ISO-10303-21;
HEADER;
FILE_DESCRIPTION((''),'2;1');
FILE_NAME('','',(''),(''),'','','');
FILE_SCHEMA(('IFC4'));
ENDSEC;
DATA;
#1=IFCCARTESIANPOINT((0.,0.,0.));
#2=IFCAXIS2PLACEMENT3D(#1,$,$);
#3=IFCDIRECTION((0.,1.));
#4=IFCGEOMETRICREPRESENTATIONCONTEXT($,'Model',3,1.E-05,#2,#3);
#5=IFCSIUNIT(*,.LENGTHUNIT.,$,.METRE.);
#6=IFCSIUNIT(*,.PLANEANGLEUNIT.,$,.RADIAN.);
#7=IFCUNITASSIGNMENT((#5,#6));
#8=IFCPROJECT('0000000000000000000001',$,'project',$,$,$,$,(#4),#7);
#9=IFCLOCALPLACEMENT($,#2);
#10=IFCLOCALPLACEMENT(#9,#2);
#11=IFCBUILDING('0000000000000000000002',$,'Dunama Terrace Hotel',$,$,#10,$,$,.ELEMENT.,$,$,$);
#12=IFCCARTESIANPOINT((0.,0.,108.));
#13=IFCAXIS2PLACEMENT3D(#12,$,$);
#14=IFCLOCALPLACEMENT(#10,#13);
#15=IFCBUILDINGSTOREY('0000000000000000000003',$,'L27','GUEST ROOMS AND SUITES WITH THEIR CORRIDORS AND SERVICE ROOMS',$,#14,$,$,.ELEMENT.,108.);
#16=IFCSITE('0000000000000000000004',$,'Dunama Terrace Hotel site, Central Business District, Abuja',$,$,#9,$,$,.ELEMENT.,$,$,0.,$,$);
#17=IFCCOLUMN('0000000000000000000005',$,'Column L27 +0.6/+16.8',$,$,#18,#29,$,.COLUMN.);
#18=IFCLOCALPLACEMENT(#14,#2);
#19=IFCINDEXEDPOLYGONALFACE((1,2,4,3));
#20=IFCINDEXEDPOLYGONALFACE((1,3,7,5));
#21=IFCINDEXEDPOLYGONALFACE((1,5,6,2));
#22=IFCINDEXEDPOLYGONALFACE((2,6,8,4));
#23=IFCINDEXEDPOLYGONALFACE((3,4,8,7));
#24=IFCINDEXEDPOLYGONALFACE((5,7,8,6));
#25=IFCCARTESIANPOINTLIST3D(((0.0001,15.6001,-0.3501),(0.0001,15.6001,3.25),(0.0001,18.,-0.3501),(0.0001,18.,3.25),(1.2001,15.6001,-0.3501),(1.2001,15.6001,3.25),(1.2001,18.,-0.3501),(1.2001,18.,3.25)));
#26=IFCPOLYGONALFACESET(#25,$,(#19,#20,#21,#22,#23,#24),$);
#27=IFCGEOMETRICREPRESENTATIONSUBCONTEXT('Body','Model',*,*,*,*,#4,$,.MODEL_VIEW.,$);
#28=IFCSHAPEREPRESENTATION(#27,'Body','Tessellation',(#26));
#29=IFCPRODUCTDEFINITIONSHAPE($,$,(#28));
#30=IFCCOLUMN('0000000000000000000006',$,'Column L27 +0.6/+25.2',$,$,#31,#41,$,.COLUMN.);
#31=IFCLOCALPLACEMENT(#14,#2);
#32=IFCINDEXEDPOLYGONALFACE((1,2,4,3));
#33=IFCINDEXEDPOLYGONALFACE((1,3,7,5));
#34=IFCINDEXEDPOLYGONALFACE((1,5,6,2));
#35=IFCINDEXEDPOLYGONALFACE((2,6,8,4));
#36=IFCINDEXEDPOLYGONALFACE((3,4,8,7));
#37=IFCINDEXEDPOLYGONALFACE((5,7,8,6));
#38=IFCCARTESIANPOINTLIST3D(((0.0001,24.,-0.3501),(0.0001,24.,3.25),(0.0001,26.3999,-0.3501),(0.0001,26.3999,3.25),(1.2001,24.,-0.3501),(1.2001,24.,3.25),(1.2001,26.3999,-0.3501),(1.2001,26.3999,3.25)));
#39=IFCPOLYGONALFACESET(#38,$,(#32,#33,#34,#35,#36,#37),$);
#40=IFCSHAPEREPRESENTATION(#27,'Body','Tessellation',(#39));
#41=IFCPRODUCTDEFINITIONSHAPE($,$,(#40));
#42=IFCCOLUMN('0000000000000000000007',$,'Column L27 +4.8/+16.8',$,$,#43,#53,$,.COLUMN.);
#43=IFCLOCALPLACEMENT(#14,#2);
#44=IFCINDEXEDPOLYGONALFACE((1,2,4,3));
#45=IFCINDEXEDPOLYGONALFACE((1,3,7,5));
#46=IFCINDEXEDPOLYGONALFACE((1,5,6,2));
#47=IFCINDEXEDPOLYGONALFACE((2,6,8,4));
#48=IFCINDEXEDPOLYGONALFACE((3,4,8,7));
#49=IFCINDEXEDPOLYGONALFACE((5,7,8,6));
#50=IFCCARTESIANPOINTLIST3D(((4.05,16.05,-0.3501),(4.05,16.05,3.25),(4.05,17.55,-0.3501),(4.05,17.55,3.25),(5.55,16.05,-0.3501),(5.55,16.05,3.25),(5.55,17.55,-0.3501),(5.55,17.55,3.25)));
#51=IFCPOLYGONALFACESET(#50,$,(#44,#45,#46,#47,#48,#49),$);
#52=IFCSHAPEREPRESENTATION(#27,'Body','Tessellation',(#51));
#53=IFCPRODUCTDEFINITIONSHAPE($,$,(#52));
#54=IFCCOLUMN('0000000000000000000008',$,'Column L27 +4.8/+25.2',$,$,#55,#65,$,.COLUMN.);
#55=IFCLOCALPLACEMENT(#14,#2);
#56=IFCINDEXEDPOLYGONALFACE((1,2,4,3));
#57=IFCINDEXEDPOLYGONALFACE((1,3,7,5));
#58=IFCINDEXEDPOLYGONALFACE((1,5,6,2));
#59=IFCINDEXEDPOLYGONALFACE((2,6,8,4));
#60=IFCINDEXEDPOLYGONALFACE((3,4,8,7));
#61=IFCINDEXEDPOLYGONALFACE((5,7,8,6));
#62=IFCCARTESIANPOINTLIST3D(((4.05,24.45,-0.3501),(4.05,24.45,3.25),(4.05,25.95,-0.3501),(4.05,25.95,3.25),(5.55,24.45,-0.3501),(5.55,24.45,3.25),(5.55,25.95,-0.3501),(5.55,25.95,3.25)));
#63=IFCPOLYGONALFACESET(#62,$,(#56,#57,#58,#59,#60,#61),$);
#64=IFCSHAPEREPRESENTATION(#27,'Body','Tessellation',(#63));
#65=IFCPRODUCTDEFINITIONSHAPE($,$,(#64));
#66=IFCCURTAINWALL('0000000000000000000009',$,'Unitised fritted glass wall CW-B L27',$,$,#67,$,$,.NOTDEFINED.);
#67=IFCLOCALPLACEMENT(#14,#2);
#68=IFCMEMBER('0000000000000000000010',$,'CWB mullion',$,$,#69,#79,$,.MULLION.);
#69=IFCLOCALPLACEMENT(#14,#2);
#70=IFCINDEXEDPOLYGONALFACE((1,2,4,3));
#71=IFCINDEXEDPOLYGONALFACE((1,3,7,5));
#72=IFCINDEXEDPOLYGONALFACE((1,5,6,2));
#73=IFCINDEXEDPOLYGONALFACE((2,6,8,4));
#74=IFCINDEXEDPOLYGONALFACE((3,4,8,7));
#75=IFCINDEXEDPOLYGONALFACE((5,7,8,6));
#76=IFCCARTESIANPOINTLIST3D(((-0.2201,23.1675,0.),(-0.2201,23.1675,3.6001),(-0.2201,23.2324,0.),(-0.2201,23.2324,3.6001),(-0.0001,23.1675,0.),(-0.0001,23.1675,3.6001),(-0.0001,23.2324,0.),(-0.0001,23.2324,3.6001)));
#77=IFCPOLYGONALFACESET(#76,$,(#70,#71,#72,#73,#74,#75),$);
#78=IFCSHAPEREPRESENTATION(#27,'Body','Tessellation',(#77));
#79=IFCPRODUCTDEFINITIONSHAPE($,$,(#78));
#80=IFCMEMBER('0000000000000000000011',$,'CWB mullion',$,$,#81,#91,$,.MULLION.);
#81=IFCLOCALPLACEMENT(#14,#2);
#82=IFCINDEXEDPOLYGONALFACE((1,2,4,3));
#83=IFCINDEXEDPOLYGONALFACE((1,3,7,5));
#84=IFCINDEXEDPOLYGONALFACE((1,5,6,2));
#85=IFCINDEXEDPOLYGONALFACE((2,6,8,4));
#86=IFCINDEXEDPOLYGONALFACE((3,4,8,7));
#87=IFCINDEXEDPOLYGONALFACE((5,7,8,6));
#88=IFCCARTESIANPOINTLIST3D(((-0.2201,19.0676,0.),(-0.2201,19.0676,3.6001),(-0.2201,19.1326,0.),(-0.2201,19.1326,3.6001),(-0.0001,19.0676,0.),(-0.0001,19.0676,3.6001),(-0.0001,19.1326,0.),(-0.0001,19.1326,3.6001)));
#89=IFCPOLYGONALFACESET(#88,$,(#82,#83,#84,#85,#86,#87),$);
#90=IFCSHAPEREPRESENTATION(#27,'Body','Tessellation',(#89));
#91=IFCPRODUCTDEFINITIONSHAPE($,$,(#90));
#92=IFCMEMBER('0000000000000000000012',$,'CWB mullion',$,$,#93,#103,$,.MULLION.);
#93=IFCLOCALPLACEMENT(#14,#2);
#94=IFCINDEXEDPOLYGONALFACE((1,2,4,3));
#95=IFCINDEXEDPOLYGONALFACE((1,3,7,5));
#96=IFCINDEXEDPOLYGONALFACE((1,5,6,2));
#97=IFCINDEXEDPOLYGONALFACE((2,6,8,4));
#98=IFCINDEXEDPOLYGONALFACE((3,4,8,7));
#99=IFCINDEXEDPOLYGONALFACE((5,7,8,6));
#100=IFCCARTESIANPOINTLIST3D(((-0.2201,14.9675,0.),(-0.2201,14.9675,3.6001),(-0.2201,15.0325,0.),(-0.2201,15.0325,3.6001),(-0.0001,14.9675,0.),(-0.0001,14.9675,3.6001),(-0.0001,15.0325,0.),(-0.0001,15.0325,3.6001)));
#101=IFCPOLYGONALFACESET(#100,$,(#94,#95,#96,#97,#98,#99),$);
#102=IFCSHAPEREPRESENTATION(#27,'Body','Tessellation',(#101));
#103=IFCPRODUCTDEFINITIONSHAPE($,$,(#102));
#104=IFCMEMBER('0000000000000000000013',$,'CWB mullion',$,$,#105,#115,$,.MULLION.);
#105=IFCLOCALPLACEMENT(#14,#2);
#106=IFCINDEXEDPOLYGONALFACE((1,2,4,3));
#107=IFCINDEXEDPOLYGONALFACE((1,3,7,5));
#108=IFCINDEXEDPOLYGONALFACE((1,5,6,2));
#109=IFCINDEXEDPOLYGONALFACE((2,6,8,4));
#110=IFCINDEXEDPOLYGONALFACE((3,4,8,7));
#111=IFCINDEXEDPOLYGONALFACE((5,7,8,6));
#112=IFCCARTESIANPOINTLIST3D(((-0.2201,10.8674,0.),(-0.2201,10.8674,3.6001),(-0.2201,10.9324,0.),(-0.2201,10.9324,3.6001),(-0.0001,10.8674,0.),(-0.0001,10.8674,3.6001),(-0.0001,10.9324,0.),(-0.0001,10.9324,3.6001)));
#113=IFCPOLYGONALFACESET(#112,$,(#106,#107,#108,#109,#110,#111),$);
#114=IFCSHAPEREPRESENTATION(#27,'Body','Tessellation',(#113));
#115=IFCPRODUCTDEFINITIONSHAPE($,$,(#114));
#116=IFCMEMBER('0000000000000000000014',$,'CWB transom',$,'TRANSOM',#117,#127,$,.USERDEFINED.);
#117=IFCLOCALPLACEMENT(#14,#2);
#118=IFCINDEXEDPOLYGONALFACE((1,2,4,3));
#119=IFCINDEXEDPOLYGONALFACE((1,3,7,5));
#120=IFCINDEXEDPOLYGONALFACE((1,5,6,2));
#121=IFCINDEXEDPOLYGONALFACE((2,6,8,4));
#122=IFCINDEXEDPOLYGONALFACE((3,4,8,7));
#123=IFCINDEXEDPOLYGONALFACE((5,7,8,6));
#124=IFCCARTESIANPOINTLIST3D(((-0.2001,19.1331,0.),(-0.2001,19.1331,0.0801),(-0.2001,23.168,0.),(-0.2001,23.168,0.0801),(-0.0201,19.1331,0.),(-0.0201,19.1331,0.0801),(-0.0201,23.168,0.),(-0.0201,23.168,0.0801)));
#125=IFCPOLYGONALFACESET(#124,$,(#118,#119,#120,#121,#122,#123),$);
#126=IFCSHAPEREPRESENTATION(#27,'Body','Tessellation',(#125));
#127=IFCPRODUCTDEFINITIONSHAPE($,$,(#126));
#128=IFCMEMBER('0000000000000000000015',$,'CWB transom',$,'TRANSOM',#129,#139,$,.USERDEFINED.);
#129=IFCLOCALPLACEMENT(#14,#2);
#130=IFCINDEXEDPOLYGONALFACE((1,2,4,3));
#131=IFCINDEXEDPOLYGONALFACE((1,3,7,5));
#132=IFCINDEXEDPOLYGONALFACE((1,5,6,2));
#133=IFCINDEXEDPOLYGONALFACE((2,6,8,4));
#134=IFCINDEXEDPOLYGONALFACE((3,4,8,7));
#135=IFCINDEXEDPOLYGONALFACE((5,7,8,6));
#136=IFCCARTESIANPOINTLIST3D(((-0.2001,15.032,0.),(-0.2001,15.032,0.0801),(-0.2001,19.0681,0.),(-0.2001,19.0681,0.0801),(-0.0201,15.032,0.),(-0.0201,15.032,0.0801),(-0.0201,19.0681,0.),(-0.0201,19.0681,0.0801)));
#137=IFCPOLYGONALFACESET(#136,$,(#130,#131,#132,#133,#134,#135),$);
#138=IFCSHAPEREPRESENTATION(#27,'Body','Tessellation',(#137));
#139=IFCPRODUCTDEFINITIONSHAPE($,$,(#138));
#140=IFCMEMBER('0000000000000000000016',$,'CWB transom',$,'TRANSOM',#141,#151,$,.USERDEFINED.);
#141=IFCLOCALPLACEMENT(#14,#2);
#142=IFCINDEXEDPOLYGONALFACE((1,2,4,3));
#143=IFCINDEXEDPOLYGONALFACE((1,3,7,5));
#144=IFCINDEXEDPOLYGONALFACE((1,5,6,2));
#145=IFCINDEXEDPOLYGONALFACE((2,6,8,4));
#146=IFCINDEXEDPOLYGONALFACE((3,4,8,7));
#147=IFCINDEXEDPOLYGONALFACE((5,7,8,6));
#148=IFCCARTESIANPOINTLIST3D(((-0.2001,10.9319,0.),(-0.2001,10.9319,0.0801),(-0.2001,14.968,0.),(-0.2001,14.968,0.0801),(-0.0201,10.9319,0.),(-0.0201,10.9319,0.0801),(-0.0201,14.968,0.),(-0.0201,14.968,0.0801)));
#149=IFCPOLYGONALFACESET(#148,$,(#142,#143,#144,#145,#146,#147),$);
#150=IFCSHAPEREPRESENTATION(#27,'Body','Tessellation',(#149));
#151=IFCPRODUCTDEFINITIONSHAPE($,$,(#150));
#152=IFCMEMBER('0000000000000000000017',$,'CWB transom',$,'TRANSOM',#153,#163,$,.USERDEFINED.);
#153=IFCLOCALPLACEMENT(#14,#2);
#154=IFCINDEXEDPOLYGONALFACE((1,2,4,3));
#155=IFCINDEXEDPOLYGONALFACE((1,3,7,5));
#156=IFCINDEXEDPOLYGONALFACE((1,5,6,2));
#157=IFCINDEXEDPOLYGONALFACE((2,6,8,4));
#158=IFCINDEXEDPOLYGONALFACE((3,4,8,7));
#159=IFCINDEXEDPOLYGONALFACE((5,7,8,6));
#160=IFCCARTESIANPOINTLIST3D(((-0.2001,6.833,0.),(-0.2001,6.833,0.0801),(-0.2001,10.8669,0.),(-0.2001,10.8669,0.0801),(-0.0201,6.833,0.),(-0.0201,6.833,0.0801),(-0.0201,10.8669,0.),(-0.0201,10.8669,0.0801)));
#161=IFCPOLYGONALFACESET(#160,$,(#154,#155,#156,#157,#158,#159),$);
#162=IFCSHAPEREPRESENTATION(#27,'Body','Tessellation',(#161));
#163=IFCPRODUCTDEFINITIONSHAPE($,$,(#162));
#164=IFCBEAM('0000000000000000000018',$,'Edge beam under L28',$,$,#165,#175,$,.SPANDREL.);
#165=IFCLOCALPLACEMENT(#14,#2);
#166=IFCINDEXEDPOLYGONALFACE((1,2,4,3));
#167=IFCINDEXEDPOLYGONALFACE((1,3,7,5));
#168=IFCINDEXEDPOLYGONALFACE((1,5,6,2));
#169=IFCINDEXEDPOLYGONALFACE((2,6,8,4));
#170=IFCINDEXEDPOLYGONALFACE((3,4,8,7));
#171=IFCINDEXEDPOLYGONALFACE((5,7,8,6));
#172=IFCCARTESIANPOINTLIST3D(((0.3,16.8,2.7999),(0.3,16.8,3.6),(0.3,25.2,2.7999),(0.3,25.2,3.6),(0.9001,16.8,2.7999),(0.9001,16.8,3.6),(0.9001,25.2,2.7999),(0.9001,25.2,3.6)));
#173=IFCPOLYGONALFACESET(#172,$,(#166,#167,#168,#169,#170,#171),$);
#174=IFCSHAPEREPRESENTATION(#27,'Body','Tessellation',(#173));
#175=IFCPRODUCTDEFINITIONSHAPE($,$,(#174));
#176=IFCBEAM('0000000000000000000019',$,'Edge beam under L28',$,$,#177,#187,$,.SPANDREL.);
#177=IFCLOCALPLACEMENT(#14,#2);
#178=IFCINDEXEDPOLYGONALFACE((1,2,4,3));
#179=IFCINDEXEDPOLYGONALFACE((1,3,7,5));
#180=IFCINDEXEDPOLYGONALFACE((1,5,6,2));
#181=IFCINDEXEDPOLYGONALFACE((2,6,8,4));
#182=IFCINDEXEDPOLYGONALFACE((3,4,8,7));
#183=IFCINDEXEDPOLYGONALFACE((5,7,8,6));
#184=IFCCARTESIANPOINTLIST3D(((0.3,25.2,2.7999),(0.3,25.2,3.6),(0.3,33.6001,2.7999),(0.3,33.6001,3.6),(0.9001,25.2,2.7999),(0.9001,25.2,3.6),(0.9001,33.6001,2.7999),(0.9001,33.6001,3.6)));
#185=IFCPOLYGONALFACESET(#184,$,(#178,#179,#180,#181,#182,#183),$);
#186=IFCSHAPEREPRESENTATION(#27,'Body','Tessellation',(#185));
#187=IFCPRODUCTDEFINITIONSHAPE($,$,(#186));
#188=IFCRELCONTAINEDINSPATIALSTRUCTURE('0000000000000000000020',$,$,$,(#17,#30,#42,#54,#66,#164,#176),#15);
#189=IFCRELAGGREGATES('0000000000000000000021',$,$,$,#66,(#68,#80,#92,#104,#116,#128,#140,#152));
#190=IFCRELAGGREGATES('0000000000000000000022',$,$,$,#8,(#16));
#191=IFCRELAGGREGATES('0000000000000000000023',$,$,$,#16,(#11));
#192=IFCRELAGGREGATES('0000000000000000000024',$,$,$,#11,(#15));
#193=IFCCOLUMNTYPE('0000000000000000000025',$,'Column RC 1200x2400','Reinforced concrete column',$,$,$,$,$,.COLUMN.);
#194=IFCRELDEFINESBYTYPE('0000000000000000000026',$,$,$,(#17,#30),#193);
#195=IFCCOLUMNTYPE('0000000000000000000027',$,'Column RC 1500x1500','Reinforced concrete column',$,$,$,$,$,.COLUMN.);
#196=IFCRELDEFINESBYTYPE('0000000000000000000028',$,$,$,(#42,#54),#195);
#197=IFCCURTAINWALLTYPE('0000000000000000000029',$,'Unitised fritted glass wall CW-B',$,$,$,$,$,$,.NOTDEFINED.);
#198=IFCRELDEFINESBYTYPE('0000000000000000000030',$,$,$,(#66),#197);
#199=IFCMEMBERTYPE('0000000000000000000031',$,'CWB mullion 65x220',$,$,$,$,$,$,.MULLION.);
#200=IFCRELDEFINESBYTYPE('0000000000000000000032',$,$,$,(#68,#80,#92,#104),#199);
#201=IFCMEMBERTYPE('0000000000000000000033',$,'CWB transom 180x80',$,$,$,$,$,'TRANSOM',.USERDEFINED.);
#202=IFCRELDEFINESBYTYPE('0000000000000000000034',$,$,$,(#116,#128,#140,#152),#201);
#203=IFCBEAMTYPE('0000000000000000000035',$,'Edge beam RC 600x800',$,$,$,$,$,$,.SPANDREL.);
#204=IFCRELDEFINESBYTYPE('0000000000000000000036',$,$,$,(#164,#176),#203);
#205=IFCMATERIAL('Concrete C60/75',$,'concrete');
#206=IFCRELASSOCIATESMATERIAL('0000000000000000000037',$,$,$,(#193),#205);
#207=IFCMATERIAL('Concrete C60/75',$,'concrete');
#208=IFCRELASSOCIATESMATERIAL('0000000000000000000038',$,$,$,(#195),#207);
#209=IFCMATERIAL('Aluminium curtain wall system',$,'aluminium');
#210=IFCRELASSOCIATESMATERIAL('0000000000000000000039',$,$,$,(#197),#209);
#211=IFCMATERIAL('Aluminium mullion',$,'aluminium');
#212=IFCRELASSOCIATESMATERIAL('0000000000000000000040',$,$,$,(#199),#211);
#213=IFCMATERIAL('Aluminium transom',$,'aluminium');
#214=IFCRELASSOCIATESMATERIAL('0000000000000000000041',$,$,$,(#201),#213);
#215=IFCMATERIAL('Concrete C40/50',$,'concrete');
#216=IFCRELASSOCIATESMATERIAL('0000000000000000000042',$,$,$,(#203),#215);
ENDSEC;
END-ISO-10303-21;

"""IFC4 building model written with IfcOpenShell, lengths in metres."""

from ifc_helpers import new_model, si_unit, direction, frame, origin, origin_2d, place, context, subcontext, project, spatial, rectangle, extrude, material, material_profile, profile_set, type_object, element, aggregate, save


model = new_model("IFC4")

# Units and contexts
model_context = context("Model", 3, precision=1e-05, world=origin(), true_north=direction((0.0, 1.0)))
body_context = subcontext(model_context, "Body", "Model", "MODEL_VIEW")
ifc_project = project(units=[si_unit("LENGTHUNIT", "METRE"), si_unit("PLANEANGLEUNIT", "RADIAN")], contexts=[model_context])

# Site, building, storey
site_placement = place(None, origin())
site = spatial("IfcSite", under=ifc_project, at=site_placement, Name="Dunama Terrace Hotel site, Central Business District, Abuja", CompositionType="ELEMENT", RefElevation=0.0)
building_placement = place(site_placement, origin())
building = spatial("IfcBuilding", under=site, at=building_placement, Name="Dunama Terrace Hotel", CompositionType="ELEMENT")
storey_placement = place(building_placement, frame((0.0, 0.0, 108.0)))
storey = spatial("IfcBuildingStorey", under=building, at=storey_placement, Name="L27", Description="GUEST ROOMS AND SUITES WITH THEIR CORRIDORS AND SERVICE ROOMS", CompositionType="ELEMENT", Elevation=108.0)

# Columns
ifc_material_1 = material(Name="Concrete C60/75", Category="concrete")
ifc_material_profile_1 = material_profile(ifc_material_1, rectangle(XDim=1.2, YDim=2.3999, at=origin_2d()), Name="RC 1200x2400")
ifc_profile_set_1 = profile_set([ifc_material_profile_1], Name="Concrete C60/75")
column_type_1 = type_object("IfcColumnType", Name="Column RC 1200x2400", Description="Reinforced concrete column", PredefinedType="COLUMN", material=ifc_profile_set_1)
for number, where, z_axis, x_axis, name in (
    (1, (0.6001, 16.8, -0.3501), (0.0, 0.0, 1.0), (1.0, 0.0, 0.0), "Column L27 +0.6/+16.8"),
    (2, (0.6001, 25.2, -0.3501), (0.0, 0.0, 1.0), (1.0, 0.0, 0.0), "Column L27 +0.6/+25.2"),
):
    element("IfcColumn", number, at=place(storey_placement, frame(where, z_axis=z_axis, x_axis=x_axis)), inside=storey, type_object=column_type_1, Name=name, PredefinedType="COLUMN", context=body_context, shape_type="SweptSolid", body=[
        extrude(rectangle(XDim=1.2, YDim=2.3999, at=origin_2d()), origin(), (0.0, 0.0, 1.0), 3.6001),
    ])
ifc_material_2 = material(Name="Concrete C60/75", Category="concrete")
ifc_material_profile_2 = material_profile(ifc_material_2, rectangle(XDim=1.5, YDim=1.5, at=origin_2d()), Name="RC 1500x1500")
ifc_profile_set_2 = profile_set([ifc_material_profile_2], Name="Concrete C60/75")
column_type_2 = type_object("IfcColumnType", Name="Column RC 1500x1500", Description="Reinforced concrete column", PredefinedType="COLUMN", material=ifc_profile_set_2)
for number, where, z_axis, x_axis, name in (
    (3, (4.8, 16.8, -0.3501), (0.0, 0.0, 1.0), (1.0, 0.0, 0.0), "Column L27 +4.8/+16.8"),
    (4, (4.8, 25.2, -0.3501), (0.0, 0.0, 1.0), (1.0, 0.0, 0.0), "Column L27 +4.8/+25.2"),
):
    element("IfcColumn", number, at=place(storey_placement, frame(where, z_axis=z_axis, x_axis=x_axis)), inside=storey, type_object=column_type_2, Name=name, PredefinedType="COLUMN", context=body_context, shape_type="SweptSolid", body=[
        extrude(rectangle(XDim=1.5, YDim=1.5, at=origin_2d()), origin(), (0.0, 0.0, 1.0), 3.6001),
    ])

# Curtain wall, members
ifc_material_3 = material(Name="Aluminium curtain wall system", Category="aluminium")
curtain_wall_type = type_object("IfcCurtainWallType", Name="Unitised fritted glass wall CW-B", PredefinedType="NOTDEFINED", material=ifc_material_3)
curtain_wall_placement = place(storey_placement, origin())
curtain_wall = element("IfcCurtainWall", 5, at=curtain_wall_placement, inside=storey, type_object=curtain_wall_type, Name="Unitised fritted glass wall CW-B L27", PredefinedType="NOTDEFINED")
ifc_material_4 = material(Name="Aluminium mullion", Category="aluminium")
ifc_material_profile_3 = material_profile(ifc_material_4, rectangle(XDim=0.0649, YDim=0.22, at=origin_2d()), Name="CWB MULLION 65X220")
ifc_profile_set_3 = profile_set([ifc_material_profile_3], Name="Aluminium mullion")
member_type_1 = type_object("IfcMemberType", Name="CWB mullion 65x220", PredefinedType="MULLION", material=ifc_profile_set_3)
member_1_placement = place(storey_placement, frame((-0.1101, 23.2, 0.0), z_axis=(0.0, 0.0, 1.0), x_axis=(0.0, -1.0, 0.0)))
member_1 = element("IfcMember", 6, at=member_1_placement, type_object=member_type_1, Name="CWB mullion", PredefinedType="MULLION", context=body_context, shape_type="SweptSolid", body=[
    extrude(rectangle(XDim=0.0649, YDim=0.22, at=origin_2d()), origin(), (0.0, 0.0, 1.0), 3.6001),
])
member_2_placement = place(storey_placement, frame((-0.1101, 19.1001, 0.0), z_axis=(0.0, 0.0, 1.0), x_axis=(0.0, -1.0, 0.0)))
member_2 = element("IfcMember", 7, at=member_2_placement, type_object=member_type_1, Name="CWB mullion", PredefinedType="MULLION", context=body_context, shape_type="SweptSolid", body=[
    extrude(rectangle(XDim=0.0649, YDim=0.22, at=origin_2d()), origin(), (0.0, 0.0, 1.0), 3.6001),
])
member_3_placement = place(storey_placement, frame((-0.1101, 15.0, 0.0), z_axis=(0.0, 0.0, 1.0), x_axis=(0.0, -1.0, 0.0)))
member_3 = element("IfcMember", 8, at=member_3_placement, type_object=member_type_1, Name="CWB mullion", PredefinedType="MULLION", context=body_context, shape_type="SweptSolid", body=[
    extrude(rectangle(XDim=0.0649, YDim=0.22, at=origin_2d()), origin(), (0.0, 0.0, 1.0), 3.6001),
])
member_4_placement = place(storey_placement, frame((-0.1101, 10.8999, 0.0), z_axis=(0.0, 0.0, 1.0), x_axis=(0.0, -1.0, 0.0)))
member_4 = element("IfcMember", 9, at=member_4_placement, type_object=member_type_1, Name="CWB mullion", PredefinedType="MULLION", context=body_context, shape_type="SweptSolid", body=[
    extrude(rectangle(XDim=0.0649, YDim=0.22, at=origin_2d()), origin(), (0.0, 0.0, 1.0), 3.6001),
])
ifc_material_5 = material(Name="Aluminium transom", Category="aluminium")
ifc_material_profile_4 = material_profile(ifc_material_5, rectangle(XDim=0.1799, YDim=0.0801, at=origin_2d()), Name="CWB TRANSOM 180X80")
ifc_profile_set_4 = profile_set([ifc_material_profile_4], Name="Aluminium transom")
member_type_2 = type_object("IfcMemberType", Name="CWB transom 180x80", ElementType="TRANSOM", PredefinedType="USERDEFINED", material=ifc_profile_set_4)
member_5_placement = place(storey_placement, frame((-0.1101, 23.168, 0.04), z_axis=(0.0, -1.0, 0.0), x_axis=(1.0, 0.0, 0.0)))
member_5 = element("IfcMember", 10, at=member_5_placement, type_object=member_type_2, Name="CWB transom", ObjectType="TRANSOM", PredefinedType="USERDEFINED", context=body_context, shape_type="SweptSolid", body=[
    extrude(rectangle(XDim=0.1799, YDim=0.0801, at=origin_2d()), origin(), (0.0, 0.0, 1.0), 4.0349),
])
member_6_placement = place(storey_placement, frame((-0.1101, 19.0681, 0.04), z_axis=(0.0, -1.0, 0.0), x_axis=(1.0, 0.0, 0.0)))
member_6 = element("IfcMember", 11, at=member_6_placement, type_object=member_type_2, Name="CWB transom", ObjectType="TRANSOM", PredefinedType="USERDEFINED", context=body_context, shape_type="SweptSolid", body=[
    extrude(rectangle(XDim=0.1799, YDim=0.0801, at=origin_2d()), origin(), (0.0, 0.0, 1.0), 4.0361),
])
member_7_placement = place(storey_placement, frame((-0.1101, 14.968, 0.04), z_axis=(0.0, -1.0, 0.0), x_axis=(1.0, 0.0, 0.0)))
member_7 = element("IfcMember", 12, at=member_7_placement, type_object=member_type_2, Name="CWB transom", ObjectType="TRANSOM", PredefinedType="USERDEFINED", context=body_context, shape_type="SweptSolid", body=[
    extrude(rectangle(XDim=0.1799, YDim=0.0801, at=origin_2d()), origin(), (0.0, 0.0, 1.0), 4.0361),
])
member_8_placement = place(storey_placement, frame((-0.1101, 10.8669, 0.04), z_axis=(0.0, -1.0, 0.0), x_axis=(1.0, 0.0, 0.0)))
member_8 = element("IfcMember", 13, at=member_8_placement, type_object=member_type_2, Name="CWB transom", ObjectType="TRANSOM", PredefinedType="USERDEFINED", context=body_context, shape_type="SweptSolid", body=[
    extrude(rectangle(XDim=0.1799, YDim=0.0801, at=origin_2d()), origin(), (0.0, 0.0, 1.0), 4.0339),
])

# Beams
ifc_material_6 = material(Name="Concrete C40/50", Category="concrete")
ifc_material_profile_5 = material_profile(ifc_material_6, rectangle(XDim=0.6001, YDim=0.8, at=origin_2d()), Name="RC 600x800")
ifc_profile_set_5 = profile_set([ifc_material_profile_5], Name="Concrete C40/50")
beam_type = type_object("IfcBeamType", Name="Edge beam RC 600x800", PredefinedType="SPANDREL", material=ifc_profile_set_5)
beam_1_placement = place(storey_placement, frame((0.6001, 16.8, 3.2), z_axis=(0.0, 1.0, 0.0), x_axis=(-1.0, 0.0, 0.0)))
element("IfcBeam", 14, at=beam_1_placement, inside=storey, type_object=beam_type, Name="Edge beam under L28", PredefinedType="SPANDREL", context=body_context, shape_type="SweptSolid", body=[
    extrude(rectangle(XDim=0.6001, YDim=0.8, at=origin_2d()), origin(), (0.0, 0.0, 1.0), 8.3999),
])
beam_2_placement = place(storey_placement, frame((0.6001, 25.2, 3.2), z_axis=(0.0, 1.0, 0.0), x_axis=(-1.0, 0.0, 0.0)))
element("IfcBeam", 15, at=beam_2_placement, inside=storey, type_object=beam_type, Name="Edge beam under L28", PredefinedType="SPANDREL", context=body_context, shape_type="SweptSolid", body=[
    extrude(rectangle(XDim=0.6001, YDim=0.8, at=origin_2d()), origin(), (0.0, 0.0, 1.0), 8.4001),
])

aggregate(curtain_wall, [member_1, member_2, member_3, member_4, member_5, member_6, member_7, member_8])

save(model, "model.ifc")
